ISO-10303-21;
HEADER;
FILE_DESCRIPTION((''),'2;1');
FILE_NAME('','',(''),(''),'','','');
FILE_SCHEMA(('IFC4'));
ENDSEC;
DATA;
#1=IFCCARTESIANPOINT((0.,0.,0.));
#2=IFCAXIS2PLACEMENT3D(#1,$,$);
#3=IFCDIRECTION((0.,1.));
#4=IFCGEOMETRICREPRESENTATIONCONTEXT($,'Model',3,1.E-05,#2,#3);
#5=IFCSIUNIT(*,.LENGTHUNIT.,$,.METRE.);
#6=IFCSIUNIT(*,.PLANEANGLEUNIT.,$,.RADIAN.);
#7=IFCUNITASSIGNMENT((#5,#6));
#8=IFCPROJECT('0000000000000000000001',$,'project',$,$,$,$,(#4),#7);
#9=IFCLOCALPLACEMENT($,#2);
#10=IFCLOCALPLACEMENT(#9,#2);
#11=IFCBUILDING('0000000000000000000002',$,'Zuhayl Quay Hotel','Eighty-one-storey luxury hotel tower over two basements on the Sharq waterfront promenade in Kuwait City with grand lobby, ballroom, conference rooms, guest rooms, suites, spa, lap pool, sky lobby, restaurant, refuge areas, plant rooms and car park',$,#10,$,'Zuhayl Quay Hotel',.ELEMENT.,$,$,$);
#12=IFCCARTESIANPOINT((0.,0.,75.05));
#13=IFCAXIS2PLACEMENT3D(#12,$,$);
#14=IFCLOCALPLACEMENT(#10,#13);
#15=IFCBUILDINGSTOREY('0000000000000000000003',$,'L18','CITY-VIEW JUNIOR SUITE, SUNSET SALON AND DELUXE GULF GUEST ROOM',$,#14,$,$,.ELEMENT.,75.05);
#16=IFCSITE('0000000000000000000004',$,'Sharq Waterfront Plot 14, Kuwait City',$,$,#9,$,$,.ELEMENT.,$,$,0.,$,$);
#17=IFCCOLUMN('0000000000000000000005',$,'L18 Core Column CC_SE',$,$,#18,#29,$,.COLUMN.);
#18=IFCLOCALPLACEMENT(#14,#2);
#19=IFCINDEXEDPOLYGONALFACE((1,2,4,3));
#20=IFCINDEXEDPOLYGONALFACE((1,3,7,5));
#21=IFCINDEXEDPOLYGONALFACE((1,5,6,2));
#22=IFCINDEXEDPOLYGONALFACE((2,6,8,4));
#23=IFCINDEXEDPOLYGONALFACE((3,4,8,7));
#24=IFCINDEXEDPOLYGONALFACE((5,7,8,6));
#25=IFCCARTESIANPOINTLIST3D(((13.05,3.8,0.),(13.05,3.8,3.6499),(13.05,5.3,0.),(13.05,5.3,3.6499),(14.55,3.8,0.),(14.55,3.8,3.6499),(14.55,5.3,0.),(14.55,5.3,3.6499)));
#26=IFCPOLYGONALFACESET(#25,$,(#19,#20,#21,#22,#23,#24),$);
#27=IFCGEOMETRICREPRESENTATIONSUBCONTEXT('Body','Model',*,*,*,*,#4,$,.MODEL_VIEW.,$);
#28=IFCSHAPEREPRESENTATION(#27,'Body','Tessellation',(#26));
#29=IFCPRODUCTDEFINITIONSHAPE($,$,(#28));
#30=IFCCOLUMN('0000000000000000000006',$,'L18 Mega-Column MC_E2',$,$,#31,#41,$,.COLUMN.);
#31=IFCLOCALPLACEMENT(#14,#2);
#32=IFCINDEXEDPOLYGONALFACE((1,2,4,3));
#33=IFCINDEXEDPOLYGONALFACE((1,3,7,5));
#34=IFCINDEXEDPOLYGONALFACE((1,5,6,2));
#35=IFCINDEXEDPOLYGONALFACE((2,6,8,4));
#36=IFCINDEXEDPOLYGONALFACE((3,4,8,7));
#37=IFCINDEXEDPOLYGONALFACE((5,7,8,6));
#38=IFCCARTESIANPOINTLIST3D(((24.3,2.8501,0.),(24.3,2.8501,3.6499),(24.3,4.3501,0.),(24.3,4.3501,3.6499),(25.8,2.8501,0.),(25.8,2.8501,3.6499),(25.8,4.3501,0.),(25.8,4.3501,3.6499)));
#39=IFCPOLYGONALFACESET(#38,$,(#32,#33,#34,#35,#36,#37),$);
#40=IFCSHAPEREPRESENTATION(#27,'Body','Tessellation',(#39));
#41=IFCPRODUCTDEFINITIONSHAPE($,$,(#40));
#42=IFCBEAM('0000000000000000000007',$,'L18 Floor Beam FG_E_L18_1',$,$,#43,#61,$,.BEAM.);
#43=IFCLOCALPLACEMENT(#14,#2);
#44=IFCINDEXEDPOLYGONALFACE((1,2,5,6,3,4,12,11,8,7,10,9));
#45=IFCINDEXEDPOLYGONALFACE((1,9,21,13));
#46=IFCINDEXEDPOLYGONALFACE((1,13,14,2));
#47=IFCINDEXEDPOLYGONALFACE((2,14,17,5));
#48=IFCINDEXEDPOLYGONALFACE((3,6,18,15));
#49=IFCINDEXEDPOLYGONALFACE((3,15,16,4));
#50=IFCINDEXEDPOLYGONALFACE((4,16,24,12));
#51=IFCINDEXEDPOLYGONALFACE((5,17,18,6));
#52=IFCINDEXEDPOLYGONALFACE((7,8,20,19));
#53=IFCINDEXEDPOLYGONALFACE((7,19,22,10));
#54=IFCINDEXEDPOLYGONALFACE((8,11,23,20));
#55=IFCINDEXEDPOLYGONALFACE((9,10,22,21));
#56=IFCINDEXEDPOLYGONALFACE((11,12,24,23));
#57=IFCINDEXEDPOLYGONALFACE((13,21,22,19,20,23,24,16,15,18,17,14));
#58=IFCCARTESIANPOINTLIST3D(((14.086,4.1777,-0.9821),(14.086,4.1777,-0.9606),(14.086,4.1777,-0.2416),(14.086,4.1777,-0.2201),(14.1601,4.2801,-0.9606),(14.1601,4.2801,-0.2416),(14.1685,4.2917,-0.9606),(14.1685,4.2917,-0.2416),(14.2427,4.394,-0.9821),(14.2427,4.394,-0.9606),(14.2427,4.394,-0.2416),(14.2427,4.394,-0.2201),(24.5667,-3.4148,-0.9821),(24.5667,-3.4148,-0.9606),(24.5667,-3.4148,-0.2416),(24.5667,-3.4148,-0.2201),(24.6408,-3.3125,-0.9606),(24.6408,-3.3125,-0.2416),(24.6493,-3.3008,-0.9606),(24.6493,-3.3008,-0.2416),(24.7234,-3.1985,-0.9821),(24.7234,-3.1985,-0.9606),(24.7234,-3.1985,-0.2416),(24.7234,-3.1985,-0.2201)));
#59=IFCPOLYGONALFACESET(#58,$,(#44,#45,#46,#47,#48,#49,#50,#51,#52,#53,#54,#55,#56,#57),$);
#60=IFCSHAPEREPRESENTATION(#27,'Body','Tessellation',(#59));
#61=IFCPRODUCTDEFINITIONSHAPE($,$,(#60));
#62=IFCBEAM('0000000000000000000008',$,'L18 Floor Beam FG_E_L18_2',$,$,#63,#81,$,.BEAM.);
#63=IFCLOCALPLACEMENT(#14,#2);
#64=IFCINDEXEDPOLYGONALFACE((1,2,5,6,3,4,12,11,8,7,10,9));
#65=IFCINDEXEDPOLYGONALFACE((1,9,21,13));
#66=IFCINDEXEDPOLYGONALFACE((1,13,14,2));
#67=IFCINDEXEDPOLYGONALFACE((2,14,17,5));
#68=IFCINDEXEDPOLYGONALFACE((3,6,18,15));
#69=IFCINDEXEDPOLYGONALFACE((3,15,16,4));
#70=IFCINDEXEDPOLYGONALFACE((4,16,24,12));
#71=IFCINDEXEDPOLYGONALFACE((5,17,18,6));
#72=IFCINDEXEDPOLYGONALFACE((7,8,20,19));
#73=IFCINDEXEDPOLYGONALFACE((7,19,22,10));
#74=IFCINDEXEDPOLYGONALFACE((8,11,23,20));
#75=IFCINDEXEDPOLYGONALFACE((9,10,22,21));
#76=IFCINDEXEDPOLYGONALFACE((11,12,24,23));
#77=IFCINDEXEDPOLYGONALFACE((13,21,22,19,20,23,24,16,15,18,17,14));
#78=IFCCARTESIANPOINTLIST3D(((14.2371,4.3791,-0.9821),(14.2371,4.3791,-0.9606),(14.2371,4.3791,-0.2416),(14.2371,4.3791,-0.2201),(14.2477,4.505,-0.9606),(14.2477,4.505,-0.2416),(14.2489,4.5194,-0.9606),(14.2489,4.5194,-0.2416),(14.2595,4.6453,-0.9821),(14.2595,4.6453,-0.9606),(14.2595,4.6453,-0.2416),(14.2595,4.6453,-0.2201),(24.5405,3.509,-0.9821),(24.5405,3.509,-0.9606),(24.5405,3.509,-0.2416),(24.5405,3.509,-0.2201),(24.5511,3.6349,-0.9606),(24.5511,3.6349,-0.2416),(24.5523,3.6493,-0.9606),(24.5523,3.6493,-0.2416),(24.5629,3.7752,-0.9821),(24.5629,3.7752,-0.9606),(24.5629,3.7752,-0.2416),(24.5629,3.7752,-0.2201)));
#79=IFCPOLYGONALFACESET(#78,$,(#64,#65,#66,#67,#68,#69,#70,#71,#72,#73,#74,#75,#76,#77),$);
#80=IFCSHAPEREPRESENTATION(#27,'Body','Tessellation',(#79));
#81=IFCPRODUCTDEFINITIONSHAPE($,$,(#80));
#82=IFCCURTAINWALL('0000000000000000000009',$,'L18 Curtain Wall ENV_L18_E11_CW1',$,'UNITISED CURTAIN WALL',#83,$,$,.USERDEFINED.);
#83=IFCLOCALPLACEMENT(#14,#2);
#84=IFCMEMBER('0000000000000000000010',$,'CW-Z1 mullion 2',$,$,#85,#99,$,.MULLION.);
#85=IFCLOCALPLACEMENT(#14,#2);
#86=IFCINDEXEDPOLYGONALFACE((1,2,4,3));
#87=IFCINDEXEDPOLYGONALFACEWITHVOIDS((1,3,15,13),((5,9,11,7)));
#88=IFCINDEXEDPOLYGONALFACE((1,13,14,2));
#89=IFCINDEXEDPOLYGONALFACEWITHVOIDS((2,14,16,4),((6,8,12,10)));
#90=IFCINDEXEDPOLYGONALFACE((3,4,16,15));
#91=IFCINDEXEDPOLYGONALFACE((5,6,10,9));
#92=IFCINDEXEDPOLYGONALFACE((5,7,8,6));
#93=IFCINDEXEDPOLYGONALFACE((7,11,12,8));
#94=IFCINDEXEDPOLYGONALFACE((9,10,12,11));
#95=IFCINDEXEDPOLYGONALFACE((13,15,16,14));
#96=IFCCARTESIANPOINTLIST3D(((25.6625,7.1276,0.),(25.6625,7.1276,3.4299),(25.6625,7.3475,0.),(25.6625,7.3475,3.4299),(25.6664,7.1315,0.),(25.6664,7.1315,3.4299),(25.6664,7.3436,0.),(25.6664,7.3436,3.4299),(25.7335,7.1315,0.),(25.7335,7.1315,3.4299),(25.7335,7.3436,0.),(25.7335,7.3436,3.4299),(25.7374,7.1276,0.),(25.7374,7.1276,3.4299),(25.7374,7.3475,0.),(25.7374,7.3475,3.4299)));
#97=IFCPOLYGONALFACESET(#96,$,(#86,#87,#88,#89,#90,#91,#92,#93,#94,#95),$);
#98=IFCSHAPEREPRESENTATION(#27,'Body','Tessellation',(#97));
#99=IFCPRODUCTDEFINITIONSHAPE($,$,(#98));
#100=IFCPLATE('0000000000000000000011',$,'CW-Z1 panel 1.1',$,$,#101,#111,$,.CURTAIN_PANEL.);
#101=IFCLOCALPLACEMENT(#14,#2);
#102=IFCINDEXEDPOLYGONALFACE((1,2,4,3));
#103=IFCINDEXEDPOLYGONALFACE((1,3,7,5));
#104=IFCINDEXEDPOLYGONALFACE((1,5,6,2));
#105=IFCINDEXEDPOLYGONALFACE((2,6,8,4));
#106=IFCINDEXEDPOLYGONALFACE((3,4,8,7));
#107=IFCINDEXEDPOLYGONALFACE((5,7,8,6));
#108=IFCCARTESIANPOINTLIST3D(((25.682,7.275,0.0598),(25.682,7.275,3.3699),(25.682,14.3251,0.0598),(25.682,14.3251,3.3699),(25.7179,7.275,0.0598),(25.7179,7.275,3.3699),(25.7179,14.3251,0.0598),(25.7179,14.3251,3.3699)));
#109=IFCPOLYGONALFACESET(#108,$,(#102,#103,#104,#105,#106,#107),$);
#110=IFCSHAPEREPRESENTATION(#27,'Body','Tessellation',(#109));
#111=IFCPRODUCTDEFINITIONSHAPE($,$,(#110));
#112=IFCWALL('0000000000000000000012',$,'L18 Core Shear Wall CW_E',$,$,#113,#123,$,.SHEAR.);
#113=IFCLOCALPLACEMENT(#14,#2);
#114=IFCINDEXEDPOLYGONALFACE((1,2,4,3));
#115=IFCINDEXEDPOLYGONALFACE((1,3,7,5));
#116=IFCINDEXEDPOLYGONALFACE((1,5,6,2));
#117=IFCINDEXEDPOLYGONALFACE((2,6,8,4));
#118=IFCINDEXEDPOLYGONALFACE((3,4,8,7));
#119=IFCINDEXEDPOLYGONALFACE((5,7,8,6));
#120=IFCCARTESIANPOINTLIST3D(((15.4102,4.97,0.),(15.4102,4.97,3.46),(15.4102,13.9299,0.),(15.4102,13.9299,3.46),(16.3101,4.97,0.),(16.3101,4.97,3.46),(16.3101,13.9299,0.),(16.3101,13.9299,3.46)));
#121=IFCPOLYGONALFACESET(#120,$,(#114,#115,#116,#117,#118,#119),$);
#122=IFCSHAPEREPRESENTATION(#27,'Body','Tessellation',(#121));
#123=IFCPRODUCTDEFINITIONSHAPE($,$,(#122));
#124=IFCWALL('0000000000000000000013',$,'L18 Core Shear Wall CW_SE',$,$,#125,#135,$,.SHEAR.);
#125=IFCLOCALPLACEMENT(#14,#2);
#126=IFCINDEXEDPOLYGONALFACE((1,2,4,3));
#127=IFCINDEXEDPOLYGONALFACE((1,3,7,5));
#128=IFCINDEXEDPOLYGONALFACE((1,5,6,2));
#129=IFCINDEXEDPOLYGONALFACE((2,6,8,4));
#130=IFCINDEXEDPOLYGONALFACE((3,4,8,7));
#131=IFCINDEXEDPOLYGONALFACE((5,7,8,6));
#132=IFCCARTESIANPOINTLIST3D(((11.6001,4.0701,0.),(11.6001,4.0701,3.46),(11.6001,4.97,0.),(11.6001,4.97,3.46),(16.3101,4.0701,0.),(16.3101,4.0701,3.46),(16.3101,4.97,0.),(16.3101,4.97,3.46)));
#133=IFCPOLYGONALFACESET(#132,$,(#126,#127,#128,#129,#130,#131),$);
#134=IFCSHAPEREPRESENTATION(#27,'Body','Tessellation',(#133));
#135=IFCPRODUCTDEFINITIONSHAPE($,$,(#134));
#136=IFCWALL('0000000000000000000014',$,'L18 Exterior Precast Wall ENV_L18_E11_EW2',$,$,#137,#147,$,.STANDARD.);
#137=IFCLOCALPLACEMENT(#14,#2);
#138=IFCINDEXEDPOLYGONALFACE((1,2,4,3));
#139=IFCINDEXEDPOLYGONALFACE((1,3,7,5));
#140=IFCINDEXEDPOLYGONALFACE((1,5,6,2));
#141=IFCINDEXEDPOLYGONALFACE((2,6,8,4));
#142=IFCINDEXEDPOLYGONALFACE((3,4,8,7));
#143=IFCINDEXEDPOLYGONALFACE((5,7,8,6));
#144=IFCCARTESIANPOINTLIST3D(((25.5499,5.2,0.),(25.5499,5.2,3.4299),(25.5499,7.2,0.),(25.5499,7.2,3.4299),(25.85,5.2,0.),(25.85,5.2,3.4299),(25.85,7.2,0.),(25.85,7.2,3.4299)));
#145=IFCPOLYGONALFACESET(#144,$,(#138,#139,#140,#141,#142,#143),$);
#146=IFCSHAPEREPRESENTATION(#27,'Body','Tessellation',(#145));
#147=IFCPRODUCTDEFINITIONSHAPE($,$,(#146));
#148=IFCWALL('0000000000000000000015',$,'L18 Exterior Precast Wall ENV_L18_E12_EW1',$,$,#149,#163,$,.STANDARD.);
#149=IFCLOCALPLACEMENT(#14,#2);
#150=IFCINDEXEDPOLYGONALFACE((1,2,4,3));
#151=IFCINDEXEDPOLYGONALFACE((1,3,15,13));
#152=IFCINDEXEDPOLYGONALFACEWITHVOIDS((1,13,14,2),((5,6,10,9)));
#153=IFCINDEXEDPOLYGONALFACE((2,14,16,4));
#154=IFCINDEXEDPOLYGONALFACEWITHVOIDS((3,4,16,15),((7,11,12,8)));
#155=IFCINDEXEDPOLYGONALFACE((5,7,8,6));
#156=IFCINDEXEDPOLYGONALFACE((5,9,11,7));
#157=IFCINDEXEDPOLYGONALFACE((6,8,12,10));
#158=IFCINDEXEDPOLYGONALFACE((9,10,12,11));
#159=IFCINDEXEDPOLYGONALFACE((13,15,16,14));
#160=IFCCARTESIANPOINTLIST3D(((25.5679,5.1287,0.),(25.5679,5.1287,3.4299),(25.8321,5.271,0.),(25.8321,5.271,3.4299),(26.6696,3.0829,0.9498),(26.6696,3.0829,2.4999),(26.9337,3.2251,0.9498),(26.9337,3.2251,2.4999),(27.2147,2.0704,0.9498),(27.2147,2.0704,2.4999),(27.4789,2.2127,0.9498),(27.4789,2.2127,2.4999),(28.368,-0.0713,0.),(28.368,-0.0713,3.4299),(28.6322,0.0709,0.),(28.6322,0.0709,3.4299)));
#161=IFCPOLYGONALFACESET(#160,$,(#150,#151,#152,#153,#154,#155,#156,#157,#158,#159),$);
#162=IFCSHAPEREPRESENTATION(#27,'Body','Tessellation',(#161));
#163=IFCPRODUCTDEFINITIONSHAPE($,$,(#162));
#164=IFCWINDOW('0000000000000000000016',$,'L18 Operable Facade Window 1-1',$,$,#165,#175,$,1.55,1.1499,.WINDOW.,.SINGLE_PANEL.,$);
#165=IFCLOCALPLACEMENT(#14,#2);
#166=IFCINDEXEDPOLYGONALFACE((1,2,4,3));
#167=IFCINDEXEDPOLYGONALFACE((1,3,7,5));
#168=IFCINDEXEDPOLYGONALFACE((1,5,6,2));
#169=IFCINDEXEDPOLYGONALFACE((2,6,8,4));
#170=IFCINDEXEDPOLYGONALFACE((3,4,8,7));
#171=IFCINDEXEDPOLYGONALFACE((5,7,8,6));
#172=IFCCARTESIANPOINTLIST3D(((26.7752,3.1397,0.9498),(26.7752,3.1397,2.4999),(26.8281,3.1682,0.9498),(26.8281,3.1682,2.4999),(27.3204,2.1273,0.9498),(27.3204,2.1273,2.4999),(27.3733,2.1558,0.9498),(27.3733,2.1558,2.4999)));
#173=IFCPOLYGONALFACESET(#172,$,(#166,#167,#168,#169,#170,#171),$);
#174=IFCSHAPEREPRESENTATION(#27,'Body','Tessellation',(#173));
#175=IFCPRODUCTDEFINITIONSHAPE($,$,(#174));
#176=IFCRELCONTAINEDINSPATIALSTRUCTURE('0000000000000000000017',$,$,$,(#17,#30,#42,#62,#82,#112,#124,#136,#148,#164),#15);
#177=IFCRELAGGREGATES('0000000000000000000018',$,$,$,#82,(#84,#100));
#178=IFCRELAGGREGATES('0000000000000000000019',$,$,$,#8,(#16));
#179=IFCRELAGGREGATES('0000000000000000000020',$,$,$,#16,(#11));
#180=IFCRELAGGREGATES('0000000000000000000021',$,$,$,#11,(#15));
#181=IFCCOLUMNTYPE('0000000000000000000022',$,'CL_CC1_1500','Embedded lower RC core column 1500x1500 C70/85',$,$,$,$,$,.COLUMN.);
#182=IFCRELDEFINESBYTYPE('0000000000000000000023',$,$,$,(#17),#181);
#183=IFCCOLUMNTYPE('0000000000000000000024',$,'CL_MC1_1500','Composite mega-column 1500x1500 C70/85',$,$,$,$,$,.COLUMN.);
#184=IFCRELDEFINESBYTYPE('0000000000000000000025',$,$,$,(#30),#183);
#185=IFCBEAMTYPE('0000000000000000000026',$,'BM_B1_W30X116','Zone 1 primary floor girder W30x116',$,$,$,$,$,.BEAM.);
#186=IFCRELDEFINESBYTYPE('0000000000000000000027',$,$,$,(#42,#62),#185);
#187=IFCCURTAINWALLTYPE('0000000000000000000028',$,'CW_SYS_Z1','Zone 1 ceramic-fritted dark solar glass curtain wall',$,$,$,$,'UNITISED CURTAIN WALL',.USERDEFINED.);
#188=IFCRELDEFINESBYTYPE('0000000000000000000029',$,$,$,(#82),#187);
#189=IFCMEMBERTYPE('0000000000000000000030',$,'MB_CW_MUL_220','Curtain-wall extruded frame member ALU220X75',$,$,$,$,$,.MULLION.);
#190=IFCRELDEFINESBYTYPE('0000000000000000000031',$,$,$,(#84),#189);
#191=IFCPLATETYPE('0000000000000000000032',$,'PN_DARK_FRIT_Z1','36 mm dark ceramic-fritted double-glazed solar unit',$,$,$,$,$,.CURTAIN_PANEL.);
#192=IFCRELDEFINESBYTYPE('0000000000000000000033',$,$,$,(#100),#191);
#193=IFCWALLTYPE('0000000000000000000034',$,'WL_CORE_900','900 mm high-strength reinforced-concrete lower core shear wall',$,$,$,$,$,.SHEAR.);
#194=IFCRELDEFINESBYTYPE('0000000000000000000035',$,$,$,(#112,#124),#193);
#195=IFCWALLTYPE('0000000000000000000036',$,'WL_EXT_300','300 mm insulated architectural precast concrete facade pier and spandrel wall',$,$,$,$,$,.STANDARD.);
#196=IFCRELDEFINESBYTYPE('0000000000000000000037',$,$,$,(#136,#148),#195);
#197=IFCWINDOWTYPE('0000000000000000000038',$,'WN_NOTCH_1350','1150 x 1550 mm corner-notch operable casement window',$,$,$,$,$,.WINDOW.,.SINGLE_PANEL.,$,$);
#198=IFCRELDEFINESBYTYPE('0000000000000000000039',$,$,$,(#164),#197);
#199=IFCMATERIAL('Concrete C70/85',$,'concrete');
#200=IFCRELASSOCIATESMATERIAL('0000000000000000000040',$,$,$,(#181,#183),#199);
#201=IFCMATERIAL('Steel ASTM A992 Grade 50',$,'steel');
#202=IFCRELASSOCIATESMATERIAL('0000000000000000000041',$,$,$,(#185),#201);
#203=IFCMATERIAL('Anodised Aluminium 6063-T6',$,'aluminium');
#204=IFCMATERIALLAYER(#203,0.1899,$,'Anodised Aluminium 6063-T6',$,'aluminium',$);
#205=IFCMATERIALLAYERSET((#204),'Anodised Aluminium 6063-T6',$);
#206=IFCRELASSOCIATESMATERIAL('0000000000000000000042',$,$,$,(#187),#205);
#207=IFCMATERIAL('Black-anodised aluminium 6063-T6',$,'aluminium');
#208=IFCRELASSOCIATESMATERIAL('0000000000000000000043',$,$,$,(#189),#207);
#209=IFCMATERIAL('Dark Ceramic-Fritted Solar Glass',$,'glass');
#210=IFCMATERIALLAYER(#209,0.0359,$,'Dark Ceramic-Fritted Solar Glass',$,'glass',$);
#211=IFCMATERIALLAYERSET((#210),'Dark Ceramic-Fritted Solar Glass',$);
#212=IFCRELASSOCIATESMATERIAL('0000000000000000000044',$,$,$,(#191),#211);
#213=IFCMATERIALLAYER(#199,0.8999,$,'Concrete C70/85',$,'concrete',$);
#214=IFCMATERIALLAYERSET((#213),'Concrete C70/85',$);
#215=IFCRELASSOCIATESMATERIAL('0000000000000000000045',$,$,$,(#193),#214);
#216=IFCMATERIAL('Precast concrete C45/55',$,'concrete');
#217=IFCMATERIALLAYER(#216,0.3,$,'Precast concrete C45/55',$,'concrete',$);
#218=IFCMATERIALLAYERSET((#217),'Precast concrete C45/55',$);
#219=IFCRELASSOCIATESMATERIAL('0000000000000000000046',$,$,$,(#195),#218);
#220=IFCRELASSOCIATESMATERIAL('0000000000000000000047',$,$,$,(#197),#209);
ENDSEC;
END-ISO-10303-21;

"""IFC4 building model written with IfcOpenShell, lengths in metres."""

from ifc_helpers import new_model, si_unit, direction, frame, frame_2d, origin, origin_2d, place, context, subcontext, project, spatial, rectangle, hollow_rectangle, i_section, extrude, material, layer, layer_set, material_profile, profile_set, type_object, element, fill, aggregate, save


model = new_model("IFC4")

# Units and contexts
model_context = context("Model", 3, precision=1e-05, world=origin(), true_north=direction((0.0, 1.0)))
body_context = subcontext(model_context, "Body", "Model", "MODEL_VIEW")
ifc_project = project(units=[si_unit("LENGTHUNIT", "METRE"), si_unit("PLANEANGLEUNIT", "RADIAN")], contexts=[model_context])

# Site, building, storey
site_placement = place(None, origin())
site = spatial("IfcSite", under=ifc_project, at=site_placement, Name="Sharq Waterfront Plot 14, Kuwait City", CompositionType="ELEMENT", RefElevation=0.0)
building_placement = place(site_placement, origin())
building = spatial("IfcBuilding", under=site, at=building_placement, Name="Zuhayl Quay Hotel", Description="Eighty-one-storey luxury hotel tower over two basements on the Sharq waterfront promenade in Kuwait City with grand lobby, ballroom, conference rooms, guest rooms, suites, spa, lap pool, sky lobby, restaurant, refuge areas, plant rooms and car park", LongName="Zuhayl Quay Hotel", CompositionType="ELEMENT")
storey_placement = place(building_placement, frame((0.0, 0.0, 75.05)))
storey = spatial("IfcBuildingStorey", under=building, at=storey_placement, Name="L18", Description="CITY-VIEW JUNIOR SUITE, SUNSET SALON AND DELUXE GULF GUEST ROOM", CompositionType="ELEMENT", Elevation=75.05)

# Columns
ifc_material_1 = material(Name="Concrete C70/85", Category="concrete")
ifc_material_profile_1 = material_profile(ifc_material_1, rectangle(XDim=1.5, YDim=1.5, at=origin_2d()), Name="RC1500X1500")
ifc_profile_set_1 = profile_set([ifc_material_profile_1], Name="Concrete C70/85")
column_type_1 = type_object("IfcColumnType", Name="CL_CC1_1500", Description="Embedded lower RC core column 1500x1500 C70/85", PredefinedType="COLUMN", material=ifc_profile_set_1)
column_1_placement = place(storey_placement, frame((13.8, 4.55, 0.0), z_axis=(0.0, 0.0, 1.0), x_axis=(1.0, 0.0, 0.0)))
element("IfcColumn", 1, at=column_1_placement, inside=storey, type_object=column_type_1, Name="L18 Core Column CC_SE", PredefinedType="COLUMN", context=body_context, shape_type="SweptSolid", body=[
    extrude(rectangle(XDim=1.5, YDim=1.5, at=origin_2d()), origin(), (0.0, 0.0, 1.0), 3.6499),
])
ifc_material_profile_2 = material_profile(ifc_material_1, rectangle(XDim=1.5, YDim=1.5, at=origin_2d()), Name="RC1500X1500")
ifc_profile_set_2 = profile_set([ifc_material_profile_2], Name="Concrete C70/85")
column_type_2 = type_object("IfcColumnType", Name="CL_MC1_1500", Description="Composite mega-column 1500x1500 C70/85", PredefinedType="COLUMN", material=ifc_profile_set_2)
column_2_placement = place(storey_placement, frame((25.05, 3.6001, 0.0), z_axis=(0.0, 0.0, 1.0), x_axis=(1.0, 0.0, 0.0)))
element("IfcColumn", 2, at=column_2_placement, inside=storey, type_object=column_type_2, Name="L18 Mega-Column MC_E2", PredefinedType="COLUMN", context=body_context, shape_type="SweptSolid", body=[
    extrude(rectangle(XDim=1.5, YDim=1.5, at=origin_2d()), origin(), (0.0, 0.0, 1.0), 3.6499),
])

# Beams
ifc_material_2 = material(Name="Steel ASTM A992 Grade 50", Category="steel")
ifc_material_profile_3 = material_profile(ifc_material_2, i_section(OverallWidth=0.2671, OverallDepth=0.762, WebThickness=0.0144, FlangeThickness=0.0215, at=origin_2d()), Name="W30X116")
ifc_profile_set_3 = profile_set([ifc_material_profile_3], Name="Steel ASTM A992 Grade 50")
beam_type = type_object("IfcBeamType", Name="BM_B1_W30X116", Description="Zone 1 primary floor girder W30x116", PredefinedType="BEAM", material=ifc_profile_set_3)
beam_1_placement = place(storey_placement, frame((14.1643, 4.2859, -0.6011), z_axis=(0.80983, -0.586664, 0.0), x_axis=(0.586664, 0.80983, 0.0)))
element("IfcBeam", 3, at=beam_1_placement, inside=storey, type_object=beam_type, Name="L18 Floor Beam FG_E_L18_1", PredefinedType="BEAM", context=body_context, shape_type="SweptSolid", body=[
    extrude(i_section(OverallWidth=0.2671, OverallDepth=0.762, WebThickness=0.0144, FlangeThickness=0.0215, at=origin_2d()), origin(), (0.0, 0.0, 1.0), 12.9419),
])
beam_2_placement = place(storey_placement, frame((14.2483, 4.5122, -0.6011), z_axis=(0.996453, -0.084149, 0.0), x_axis=(0.084149, 0.996453, 0.0)))
element("IfcBeam", 4, at=beam_2_placement, inside=storey, type_object=beam_type, Name="L18 Floor Beam FG_E_L18_2", PredefinedType="BEAM", context=body_context, shape_type="SweptSolid", body=[
    extrude(i_section(OverallWidth=0.2671, OverallDepth=0.762, WebThickness=0.0144, FlangeThickness=0.0215, at=origin_2d()), origin(), (0.0, 0.0, 1.0), 10.3401),
])

# Curtain wall, member, plate
ifc_material_3 = material(Name="Anodised Aluminium 6063-T6", Category="aluminium")
ifc_layer_1 = layer(ifc_material_3, 0.1899, Name="Anodised Aluminium 6063-T6", Category="aluminium")
ifc_layer_set_1 = layer_set([ifc_layer_1], Name="Anodised Aluminium 6063-T6")
curtain_wall_type = type_object("IfcCurtainWallType", Name="CW_SYS_Z1", Description="Zone 1 ceramic-fritted dark solar glass curtain wall", ElementType="UNITISED CURTAIN WALL", PredefinedType="USERDEFINED", material=ifc_layer_set_1)
curtain_wall_placement = place(storey_placement, origin())
curtain_wall = element("IfcCurtainWall", 5, at=curtain_wall_placement, inside=storey, type_object=curtain_wall_type, Name="L18 Curtain Wall ENV_L18_E11_CW1", ObjectType="UNITISED CURTAIN WALL", PredefinedType="USERDEFINED")
ifc_material_4 = material(Name="Black-anodised aluminium 6063-T6", Category="aluminium")
ifc_material_profile_4 = material_profile(ifc_material_4, hollow_rectangle(XDim=0.075, YDim=0.22, WallThickness=0.0039, at=origin_2d()), Name="ALU220X75")
ifc_profile_set_4 = profile_set([ifc_material_profile_4], Name="Black-anodised aluminium 6063-T6")
member_type = type_object("IfcMemberType", Name="MB_CW_MUL_220", Description="Curtain-wall extruded frame member ALU220X75", PredefinedType="MULLION", material=ifc_profile_set_4)
member_placement = place(storey_placement, frame((25.7, 7.2375, 0.0), z_axis=(0.0, 0.0, 1.0), x_axis=(1.0, 0.0, 0.0)))
member = element("IfcMember", 6, at=member_placement, type_object=member_type, Name="CW-Z1 mullion 2", PredefinedType="MULLION", context=body_context, shape_type="SweptSolid", body=[
    extrude(hollow_rectangle(XDim=0.075, YDim=0.22, WallThickness=0.0039, at=origin_2d()), origin(), (0.0, 0.0, 1.0), 3.4299),
])
ifc_material_5 = material(Name="Dark Ceramic-Fritted Solar Glass", Category="glass")
ifc_layer_2 = layer(ifc_material_5, 0.0359, Name="Dark Ceramic-Fritted Solar Glass", Category="glass")
ifc_layer_set_2 = layer_set([ifc_layer_2], Name="Dark Ceramic-Fritted Solar Glass")
plate_type = type_object("IfcPlateType", Name="PN_DARK_FRIT_Z1", Description="36 mm dark ceramic-fritted double-glazed solar unit", PredefinedType="CURTAIN_PANEL", material=ifc_layer_set_2)
plate_placement = place(storey_placement, frame((25.7, 10.8, 0.0598), z_axis=(0.0, 0.0, 1.0), x_axis=(0.0, -1.0, 0.0)))
plate = element("IfcPlate", 7, at=plate_placement, type_object=plate_type, Name="CW-Z1 panel 1.1", PredefinedType="CURTAIN_PANEL", context=body_context, shape_type="SweptSolid", body=[
    extrude(rectangle(XDim=7.05, YDim=0.0359, at=origin_2d()), origin(), (0.0, 0.0, 1.0), 3.3101),
])
aggregate(curtain_wall, [member, plate])

# Walls
ifc_layer_3 = layer(ifc_material_1, 0.8999, Name="Concrete C70/85", Category="concrete")
ifc_layer_set_3 = layer_set([ifc_layer_3], Name="Concrete C70/85")
wall_type_1 = type_object("IfcWallType", Name="WL_CORE_900", Description="900 mm high-strength reinforced-concrete lower core shear wall", PredefinedType="SHEAR", material=ifc_layer_set_3)
wall_1_placement = place(storey_placement, frame((15.8601, 4.97, 0.0), z_axis=(0.0, 0.0, 1.0), x_axis=(0.0, 1.0, 0.0)))
element("IfcWall", 8, at=wall_1_placement, inside=storey, type_object=wall_type_1, Name="L18 Core Shear Wall CW_E", PredefinedType="SHEAR", context=body_context, shape_type="SweptSolid", body=[
    extrude(rectangle(XDim=8.96, YDim=0.8999, at=frame_2d((4.48, 0.0))), origin(), (0.0, 0.0, 1.0), 3.46),
])
wall_2_placement = place(storey_placement, frame((11.6001, 4.52, 0.0), z_axis=(0.0, 0.0, 1.0), x_axis=(1.0, 0.0, 0.0)))
element("IfcWall", 9, at=wall_2_placement, inside=storey, type_object=wall_type_1, Name="L18 Core Shear Wall CW_SE", PredefinedType="SHEAR", context=body_context, shape_type="SweptSolid", body=[
    extrude(rectangle(XDim=4.71, YDim=0.8999, at=frame_2d((2.355, 0.0))), origin(), (0.0, 0.0, 1.0), 3.46),
])
ifc_material_6 = material(Name="Precast concrete C45/55", Category="concrete")
ifc_layer_4 = layer(ifc_material_6, 0.3, Name="Precast concrete C45/55", Category="concrete")
ifc_layer_set_4 = layer_set([ifc_layer_4], Name="Precast concrete C45/55")
wall_type_2 = type_object("IfcWallType", Name="WL_EXT_300", Description="300 mm insulated architectural precast concrete facade pier and spandrel wall", PredefinedType="STANDARD", material=ifc_layer_set_4)
wall_3_placement = place(storey_placement, frame((25.7, 7.2, 0.0), z_axis=(0.0, 0.0, 1.0), x_axis=(0.0, -1.0, 0.0)))
element("IfcWall", 10, at=wall_3_placement, inside=storey, type_object=wall_type_2, Name="L18 Exterior Precast Wall ENV_L18_E11_EW2", PredefinedType="STANDARD", context=body_context, shape_type="SweptSolid", body=[
    extrude(rectangle(XDim=2.0, YDim=0.3, at=frame_2d((1.0, 0.0))), origin(), (0.0, 0.0, 1.0), 3.4299),
])

# Wall, opening, window
wall_4_placement = place(storey_placement, frame((25.7, 5.2, 0.0), z_axis=(0.0, 0.0, 1.0), x_axis=(0.47411, -0.880466, 0.0)))
wall_4 = element("IfcWall", 11, at=wall_4_placement, inside=storey, type_object=wall_type_2, Name="L18 Exterior Precast Wall ENV_L18_E12_EW1", PredefinedType="STANDARD", context=body_context, shape_type="SweptSolid", body=[
    extrude(rectangle(XDim=5.906, YDim=0.3, at=frame_2d((2.9531, 0.0))), origin(), (0.0, 0.0, 1.0), 3.4299),
])
opening_1_placement = place(wall_4_placement, frame((2.3237, 0.0, 0.95)))
opening_1 = element("IfcOpeningElement", 12, at=opening_1_placement, cuts=wall_4, PredefinedType="OPENING", context=body_context, shape_type="SweptSolid", body=[
    extrude(rectangle(XDim=1.1499, YDim=1.55, at=frame_2d((0.575, 0.7749))), frame((0.0, 0.1599, 0.0), z_axis=(0.0, -1.0, 0.0), x_axis=(1.0, 0.0, 0.0)), (0.0, 0.0, 1.0), 0.3201),
])
window_type = type_object("IfcWindowType", Name="WN_NOTCH_1350", Description="1150 x 1550 mm corner-notch operable casement window", PartitioningType="SINGLE_PANEL", PredefinedType="WINDOW", material=ifc_material_5)
window_placement = place(opening_1_placement, origin())
window = element("IfcWindow", 13, at=window_placement, inside=storey, type_object=window_type, Name="L18 Operable Facade Window 1-1", OverallHeight=1.55, OverallWidth=1.1499, PartitioningType="SINGLE_PANEL", PredefinedType="WINDOW", context=body_context, shape_type="SweptSolid", body=[
    extrude(rectangle(XDim=1.1499, YDim=1.55, at=frame_2d((0.575, 0.7749))), frame((0.0, 0.03, 0.0), z_axis=(0.0, -1.0, 0.0), x_axis=(1.0, 0.0, 0.0)), (0.0, 0.0, 1.0), 0.0601),
])
fill(opening_1, window)

save(model, "model.ifc")
